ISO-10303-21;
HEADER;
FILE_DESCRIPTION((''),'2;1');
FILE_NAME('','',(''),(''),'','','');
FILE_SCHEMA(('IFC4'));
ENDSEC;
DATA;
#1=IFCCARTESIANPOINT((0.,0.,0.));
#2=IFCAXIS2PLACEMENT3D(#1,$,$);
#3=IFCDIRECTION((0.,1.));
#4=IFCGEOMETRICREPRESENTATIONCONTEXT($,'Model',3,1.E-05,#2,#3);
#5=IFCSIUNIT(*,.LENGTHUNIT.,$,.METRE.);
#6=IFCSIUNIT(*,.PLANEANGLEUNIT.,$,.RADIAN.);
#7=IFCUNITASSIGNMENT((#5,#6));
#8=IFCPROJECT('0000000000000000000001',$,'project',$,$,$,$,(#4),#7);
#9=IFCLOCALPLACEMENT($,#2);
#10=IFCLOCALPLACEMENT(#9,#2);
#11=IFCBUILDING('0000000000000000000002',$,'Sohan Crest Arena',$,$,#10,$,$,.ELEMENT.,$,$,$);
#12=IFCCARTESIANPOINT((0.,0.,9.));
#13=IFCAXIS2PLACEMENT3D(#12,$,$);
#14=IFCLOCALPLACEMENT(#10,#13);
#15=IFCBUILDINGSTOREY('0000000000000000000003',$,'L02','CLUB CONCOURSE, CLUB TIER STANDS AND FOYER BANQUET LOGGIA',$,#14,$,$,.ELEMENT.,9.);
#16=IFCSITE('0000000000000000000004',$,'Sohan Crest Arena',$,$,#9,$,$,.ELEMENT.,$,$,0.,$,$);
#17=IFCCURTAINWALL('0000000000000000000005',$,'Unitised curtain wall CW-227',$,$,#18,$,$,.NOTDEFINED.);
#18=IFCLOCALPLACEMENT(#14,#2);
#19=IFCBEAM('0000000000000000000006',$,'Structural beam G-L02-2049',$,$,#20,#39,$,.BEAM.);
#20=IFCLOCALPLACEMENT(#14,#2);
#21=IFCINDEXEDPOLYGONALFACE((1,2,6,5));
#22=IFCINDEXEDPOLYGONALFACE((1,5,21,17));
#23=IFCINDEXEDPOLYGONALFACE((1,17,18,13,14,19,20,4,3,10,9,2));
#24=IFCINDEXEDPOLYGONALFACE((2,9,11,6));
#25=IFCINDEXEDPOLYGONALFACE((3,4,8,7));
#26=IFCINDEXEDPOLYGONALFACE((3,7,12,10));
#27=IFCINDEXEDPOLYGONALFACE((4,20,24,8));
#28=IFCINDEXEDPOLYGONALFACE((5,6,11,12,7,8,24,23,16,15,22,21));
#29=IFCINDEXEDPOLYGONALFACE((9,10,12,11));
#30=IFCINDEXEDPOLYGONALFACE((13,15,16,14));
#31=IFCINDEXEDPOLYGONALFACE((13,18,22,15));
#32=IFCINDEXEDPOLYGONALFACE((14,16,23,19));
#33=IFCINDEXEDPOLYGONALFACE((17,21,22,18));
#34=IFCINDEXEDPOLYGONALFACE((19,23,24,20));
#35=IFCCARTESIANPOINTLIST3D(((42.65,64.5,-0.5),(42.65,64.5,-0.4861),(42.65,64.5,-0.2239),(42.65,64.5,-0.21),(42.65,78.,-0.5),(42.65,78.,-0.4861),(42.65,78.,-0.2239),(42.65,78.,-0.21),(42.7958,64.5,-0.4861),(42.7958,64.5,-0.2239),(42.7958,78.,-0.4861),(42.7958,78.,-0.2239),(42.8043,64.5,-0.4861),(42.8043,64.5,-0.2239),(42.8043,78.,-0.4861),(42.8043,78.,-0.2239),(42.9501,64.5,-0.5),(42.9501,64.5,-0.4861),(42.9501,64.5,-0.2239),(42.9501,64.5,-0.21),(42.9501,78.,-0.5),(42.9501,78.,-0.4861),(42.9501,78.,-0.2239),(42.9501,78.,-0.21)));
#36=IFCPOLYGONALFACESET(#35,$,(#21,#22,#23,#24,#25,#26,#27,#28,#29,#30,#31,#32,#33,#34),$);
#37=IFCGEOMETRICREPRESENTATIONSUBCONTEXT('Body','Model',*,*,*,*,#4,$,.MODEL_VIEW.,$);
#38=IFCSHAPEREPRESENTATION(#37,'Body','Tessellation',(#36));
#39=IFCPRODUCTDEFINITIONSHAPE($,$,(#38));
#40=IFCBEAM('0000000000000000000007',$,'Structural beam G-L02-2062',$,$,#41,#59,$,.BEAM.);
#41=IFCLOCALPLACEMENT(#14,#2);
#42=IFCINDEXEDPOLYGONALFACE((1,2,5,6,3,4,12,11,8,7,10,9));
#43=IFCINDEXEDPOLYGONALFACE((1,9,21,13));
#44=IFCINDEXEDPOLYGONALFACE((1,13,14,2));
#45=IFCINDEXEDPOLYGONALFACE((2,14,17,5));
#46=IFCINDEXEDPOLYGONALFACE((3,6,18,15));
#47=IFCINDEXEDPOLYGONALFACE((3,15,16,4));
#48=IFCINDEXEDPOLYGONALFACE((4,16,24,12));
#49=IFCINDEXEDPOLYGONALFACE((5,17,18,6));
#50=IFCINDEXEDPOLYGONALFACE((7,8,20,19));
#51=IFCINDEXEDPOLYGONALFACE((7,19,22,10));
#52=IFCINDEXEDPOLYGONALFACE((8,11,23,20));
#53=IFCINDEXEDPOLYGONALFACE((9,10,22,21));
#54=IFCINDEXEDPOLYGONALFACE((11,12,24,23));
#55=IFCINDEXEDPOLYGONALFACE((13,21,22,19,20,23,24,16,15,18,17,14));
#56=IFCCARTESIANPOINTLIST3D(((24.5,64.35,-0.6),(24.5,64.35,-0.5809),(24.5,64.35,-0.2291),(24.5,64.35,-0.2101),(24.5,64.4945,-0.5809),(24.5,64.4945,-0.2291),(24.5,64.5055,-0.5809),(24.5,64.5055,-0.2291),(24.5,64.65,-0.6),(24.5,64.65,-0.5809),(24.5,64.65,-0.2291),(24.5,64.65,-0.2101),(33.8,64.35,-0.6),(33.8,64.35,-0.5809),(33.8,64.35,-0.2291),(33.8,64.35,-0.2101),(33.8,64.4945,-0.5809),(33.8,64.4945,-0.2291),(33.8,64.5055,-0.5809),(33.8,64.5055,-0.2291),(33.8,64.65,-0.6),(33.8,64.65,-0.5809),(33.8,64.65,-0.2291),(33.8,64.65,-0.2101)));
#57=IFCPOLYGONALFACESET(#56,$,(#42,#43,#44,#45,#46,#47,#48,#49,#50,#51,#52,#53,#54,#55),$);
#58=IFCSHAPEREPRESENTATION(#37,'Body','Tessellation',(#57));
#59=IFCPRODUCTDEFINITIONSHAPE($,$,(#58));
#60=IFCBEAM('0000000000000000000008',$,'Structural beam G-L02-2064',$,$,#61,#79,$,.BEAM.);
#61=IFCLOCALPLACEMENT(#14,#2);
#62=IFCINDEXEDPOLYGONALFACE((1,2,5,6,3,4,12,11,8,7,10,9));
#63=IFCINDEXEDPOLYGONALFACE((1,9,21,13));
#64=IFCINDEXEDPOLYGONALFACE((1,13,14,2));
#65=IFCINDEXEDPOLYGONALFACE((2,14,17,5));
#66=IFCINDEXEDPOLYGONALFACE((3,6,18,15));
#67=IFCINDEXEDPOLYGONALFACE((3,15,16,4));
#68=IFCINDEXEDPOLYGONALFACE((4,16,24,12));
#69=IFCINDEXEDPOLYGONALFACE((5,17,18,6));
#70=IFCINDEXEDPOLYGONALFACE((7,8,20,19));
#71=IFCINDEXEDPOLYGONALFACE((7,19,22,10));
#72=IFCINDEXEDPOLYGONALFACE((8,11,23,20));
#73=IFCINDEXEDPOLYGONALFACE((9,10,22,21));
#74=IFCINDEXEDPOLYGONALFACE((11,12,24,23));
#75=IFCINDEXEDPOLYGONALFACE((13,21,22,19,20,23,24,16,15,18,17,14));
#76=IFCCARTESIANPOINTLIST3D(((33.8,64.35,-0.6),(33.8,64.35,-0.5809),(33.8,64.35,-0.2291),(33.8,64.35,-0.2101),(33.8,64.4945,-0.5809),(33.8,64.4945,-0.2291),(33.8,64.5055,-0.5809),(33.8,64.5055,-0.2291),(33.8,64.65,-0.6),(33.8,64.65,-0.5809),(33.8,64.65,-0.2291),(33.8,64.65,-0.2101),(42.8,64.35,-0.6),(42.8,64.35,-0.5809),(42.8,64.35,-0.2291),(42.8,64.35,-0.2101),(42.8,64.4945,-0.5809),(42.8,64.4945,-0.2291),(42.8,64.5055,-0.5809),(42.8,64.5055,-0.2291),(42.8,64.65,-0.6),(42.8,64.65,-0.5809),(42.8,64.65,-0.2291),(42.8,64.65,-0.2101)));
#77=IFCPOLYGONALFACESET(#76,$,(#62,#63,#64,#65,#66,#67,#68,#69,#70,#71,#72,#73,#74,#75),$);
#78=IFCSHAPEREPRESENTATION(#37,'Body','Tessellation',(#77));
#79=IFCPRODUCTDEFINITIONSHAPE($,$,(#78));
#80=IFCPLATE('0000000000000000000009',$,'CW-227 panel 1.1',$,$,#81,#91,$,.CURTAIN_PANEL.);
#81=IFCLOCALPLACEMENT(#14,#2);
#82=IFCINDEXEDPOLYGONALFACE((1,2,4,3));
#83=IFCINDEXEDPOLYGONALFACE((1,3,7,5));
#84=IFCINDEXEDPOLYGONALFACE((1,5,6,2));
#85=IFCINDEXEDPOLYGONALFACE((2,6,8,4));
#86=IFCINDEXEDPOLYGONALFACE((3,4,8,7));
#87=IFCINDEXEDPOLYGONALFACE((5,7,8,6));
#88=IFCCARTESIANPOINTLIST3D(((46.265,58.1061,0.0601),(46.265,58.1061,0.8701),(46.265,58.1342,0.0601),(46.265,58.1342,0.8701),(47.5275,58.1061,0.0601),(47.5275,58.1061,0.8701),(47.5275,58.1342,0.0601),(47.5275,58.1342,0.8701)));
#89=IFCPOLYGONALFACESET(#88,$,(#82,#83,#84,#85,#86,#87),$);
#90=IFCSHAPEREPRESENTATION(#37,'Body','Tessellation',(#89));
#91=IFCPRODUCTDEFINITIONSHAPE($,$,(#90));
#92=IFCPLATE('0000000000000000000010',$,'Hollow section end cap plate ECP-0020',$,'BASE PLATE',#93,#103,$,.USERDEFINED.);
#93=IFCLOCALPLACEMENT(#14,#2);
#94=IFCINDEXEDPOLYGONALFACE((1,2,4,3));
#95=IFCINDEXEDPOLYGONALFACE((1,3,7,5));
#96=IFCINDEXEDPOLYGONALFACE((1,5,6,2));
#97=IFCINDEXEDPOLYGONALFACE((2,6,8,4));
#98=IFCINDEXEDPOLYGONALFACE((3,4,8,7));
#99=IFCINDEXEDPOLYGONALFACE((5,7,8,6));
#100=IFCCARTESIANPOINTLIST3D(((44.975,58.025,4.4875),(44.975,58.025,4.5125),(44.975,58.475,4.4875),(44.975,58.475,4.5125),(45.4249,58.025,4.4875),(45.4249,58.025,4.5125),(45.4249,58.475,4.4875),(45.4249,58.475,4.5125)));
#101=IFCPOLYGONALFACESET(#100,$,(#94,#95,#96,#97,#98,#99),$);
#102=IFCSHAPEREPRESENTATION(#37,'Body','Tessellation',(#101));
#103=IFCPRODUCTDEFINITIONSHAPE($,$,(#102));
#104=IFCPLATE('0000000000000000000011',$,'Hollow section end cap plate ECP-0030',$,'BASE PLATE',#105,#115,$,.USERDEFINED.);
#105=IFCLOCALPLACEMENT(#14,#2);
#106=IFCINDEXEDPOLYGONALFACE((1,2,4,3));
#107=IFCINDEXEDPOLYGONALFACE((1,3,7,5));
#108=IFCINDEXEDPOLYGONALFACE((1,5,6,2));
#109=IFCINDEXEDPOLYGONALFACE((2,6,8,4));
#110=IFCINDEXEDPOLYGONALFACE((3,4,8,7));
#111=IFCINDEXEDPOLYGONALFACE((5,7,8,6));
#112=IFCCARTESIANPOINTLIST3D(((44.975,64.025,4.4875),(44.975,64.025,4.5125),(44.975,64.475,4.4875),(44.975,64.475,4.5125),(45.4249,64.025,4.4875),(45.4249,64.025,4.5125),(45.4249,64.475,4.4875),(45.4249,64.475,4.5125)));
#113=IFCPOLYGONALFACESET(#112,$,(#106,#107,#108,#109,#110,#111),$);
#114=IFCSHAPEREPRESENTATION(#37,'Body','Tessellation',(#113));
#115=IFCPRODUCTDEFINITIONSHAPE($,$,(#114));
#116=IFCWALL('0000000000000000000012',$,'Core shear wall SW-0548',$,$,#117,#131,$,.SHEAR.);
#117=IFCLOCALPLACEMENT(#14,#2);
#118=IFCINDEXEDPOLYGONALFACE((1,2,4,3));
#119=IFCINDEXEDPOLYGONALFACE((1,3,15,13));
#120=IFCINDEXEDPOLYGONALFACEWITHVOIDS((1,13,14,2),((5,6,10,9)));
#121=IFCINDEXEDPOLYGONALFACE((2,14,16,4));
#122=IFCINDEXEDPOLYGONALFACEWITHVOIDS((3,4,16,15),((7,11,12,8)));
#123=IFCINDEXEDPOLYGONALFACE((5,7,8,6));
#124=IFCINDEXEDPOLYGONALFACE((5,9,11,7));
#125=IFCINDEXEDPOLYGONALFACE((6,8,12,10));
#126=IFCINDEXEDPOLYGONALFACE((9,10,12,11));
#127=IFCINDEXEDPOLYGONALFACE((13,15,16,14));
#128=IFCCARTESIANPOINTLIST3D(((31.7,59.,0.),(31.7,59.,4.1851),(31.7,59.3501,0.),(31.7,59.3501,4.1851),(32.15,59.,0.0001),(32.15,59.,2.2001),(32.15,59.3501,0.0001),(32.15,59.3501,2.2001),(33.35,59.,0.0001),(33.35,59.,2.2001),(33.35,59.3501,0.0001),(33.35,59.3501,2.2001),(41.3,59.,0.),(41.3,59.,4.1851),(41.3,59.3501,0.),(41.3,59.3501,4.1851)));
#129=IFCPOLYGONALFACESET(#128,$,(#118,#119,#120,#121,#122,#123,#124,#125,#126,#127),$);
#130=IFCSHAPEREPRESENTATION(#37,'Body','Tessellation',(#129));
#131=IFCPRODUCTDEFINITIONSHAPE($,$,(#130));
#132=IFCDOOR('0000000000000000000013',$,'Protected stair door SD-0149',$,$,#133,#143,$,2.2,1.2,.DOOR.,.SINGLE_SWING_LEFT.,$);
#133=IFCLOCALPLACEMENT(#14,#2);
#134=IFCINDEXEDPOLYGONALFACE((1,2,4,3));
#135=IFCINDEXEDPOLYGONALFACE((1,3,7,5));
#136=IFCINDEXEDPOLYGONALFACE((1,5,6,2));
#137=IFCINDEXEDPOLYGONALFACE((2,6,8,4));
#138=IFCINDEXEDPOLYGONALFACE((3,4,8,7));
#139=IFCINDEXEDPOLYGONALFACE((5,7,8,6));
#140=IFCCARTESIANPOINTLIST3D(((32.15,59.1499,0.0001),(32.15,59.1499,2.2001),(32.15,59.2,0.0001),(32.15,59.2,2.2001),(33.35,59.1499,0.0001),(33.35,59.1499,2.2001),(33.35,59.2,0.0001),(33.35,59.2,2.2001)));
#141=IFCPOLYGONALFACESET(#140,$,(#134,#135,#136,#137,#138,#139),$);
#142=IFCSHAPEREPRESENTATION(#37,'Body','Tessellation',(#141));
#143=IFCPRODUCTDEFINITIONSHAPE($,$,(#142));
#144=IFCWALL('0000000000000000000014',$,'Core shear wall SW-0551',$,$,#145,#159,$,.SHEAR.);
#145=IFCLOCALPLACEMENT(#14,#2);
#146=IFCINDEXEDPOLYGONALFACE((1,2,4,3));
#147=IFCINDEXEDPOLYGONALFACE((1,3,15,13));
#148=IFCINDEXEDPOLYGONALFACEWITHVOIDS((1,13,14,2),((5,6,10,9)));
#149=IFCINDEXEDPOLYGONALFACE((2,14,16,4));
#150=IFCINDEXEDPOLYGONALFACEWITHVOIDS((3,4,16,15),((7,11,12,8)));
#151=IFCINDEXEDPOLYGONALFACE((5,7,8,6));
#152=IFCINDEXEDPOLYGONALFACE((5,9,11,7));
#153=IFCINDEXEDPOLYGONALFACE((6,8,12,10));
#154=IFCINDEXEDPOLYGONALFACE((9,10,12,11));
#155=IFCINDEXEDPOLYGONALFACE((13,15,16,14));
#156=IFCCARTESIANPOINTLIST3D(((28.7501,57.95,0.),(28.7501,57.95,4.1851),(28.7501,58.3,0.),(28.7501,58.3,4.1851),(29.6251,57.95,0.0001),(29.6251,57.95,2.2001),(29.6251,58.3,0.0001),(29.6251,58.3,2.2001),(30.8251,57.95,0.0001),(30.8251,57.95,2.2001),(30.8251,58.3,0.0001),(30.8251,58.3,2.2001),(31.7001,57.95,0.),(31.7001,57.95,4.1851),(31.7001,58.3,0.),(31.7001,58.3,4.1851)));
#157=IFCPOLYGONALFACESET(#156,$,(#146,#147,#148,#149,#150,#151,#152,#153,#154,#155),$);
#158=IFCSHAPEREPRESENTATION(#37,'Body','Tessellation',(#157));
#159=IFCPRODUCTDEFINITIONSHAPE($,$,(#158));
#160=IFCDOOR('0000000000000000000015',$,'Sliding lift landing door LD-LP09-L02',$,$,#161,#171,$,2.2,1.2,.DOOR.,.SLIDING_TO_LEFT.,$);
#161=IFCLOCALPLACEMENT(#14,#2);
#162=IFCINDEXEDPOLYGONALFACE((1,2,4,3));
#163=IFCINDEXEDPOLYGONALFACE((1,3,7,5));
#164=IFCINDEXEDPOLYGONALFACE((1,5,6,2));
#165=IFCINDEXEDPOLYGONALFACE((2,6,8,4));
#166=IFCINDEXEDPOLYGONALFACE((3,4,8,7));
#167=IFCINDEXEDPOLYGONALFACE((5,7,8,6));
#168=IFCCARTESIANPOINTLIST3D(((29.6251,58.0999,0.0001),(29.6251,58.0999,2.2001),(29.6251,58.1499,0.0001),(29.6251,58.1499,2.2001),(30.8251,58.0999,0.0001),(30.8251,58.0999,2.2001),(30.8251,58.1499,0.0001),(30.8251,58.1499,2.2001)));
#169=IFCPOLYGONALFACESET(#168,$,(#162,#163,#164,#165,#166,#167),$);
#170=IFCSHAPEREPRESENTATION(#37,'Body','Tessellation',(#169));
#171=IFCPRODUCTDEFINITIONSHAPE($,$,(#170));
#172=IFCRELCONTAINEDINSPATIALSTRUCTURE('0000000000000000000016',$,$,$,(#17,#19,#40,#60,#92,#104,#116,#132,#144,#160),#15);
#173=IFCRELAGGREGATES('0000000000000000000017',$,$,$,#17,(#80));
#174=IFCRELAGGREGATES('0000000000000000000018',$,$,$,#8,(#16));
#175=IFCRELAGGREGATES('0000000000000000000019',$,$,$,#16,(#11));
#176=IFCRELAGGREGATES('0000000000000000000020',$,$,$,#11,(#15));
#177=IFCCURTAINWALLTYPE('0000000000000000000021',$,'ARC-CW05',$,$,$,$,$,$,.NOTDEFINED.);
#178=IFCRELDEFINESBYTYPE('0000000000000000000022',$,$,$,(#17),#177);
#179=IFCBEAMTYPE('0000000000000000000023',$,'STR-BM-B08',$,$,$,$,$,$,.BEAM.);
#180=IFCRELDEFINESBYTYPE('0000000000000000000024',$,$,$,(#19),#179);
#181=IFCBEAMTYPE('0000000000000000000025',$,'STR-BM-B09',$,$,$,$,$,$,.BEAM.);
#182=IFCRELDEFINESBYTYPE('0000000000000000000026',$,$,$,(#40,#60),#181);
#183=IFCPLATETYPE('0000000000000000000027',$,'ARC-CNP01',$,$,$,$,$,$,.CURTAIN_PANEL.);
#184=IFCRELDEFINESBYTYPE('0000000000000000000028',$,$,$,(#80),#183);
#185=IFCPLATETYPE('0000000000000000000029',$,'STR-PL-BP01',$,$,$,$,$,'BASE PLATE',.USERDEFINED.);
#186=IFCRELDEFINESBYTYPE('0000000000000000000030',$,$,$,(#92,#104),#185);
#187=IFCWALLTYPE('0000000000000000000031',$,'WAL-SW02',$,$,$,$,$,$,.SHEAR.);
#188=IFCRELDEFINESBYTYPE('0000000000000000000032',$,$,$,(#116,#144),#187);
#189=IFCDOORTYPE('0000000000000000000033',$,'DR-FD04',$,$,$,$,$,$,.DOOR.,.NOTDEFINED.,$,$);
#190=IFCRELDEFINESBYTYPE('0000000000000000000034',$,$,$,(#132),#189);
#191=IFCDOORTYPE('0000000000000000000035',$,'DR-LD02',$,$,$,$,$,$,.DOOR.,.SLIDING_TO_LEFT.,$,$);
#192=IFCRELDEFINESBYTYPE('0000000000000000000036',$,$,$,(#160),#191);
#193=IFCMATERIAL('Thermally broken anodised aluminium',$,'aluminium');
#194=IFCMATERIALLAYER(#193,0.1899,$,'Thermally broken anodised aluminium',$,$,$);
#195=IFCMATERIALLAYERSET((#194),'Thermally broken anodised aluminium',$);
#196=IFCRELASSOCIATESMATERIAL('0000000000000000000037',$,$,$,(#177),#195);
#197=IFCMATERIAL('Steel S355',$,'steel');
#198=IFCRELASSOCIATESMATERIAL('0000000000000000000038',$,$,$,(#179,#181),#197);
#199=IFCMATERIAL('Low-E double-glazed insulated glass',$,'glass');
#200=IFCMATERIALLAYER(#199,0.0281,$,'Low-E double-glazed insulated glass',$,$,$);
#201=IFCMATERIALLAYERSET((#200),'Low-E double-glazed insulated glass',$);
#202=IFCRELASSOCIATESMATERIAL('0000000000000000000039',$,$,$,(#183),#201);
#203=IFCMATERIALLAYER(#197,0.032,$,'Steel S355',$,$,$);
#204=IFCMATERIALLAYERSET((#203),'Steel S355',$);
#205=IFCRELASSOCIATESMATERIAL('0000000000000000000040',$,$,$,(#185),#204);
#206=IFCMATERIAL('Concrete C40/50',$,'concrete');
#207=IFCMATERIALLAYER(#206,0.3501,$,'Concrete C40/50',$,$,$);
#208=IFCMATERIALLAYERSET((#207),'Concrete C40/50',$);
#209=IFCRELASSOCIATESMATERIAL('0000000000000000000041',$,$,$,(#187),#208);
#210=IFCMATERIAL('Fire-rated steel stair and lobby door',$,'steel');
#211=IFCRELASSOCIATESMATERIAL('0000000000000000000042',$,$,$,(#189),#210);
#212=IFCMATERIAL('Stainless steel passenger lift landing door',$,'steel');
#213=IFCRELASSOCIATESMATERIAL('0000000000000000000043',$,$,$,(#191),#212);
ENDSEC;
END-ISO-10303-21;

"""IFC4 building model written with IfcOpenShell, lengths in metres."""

from ifc_helpers import new_model, si_unit, direction, frame, frame_2d, origin, origin_2d, place, context, subcontext, project, spatial, rectangle, i_section, extrude, material, layer, layer_set, material_profile, profile_set, type_object, element, fill, aggregate, save


model = new_model("IFC4")

# Units and contexts
model_context = context("Model", 3, precision=1e-05, world=origin(), true_north=direction((0.0, 1.0)))
body_context = subcontext(model_context, "Body", "Model", "MODEL_VIEW")
ifc_project = project(units=[si_unit("LENGTHUNIT", "METRE"), si_unit("PLANEANGLEUNIT", "RADIAN")], contexts=[model_context])

# Site, building, storey
site_placement = place(None, origin())
site = spatial("IfcSite", under=ifc_project, at=site_placement, Name="Sohan Crest Arena", CompositionType="ELEMENT", RefElevation=0.0)
building_placement = place(site_placement, origin())
building = spatial("IfcBuilding", under=site, at=building_placement, Name="Sohan Crest Arena", CompositionType="ELEMENT")
storey_placement = place(building_placement, frame((0.0, 0.0, 9.0)))
storey = spatial("IfcBuildingStorey", under=building, at=storey_placement, Name="L02", Description="CLUB CONCOURSE, CLUB TIER STANDS AND FOYER BANQUET LOGGIA", CompositionType="ELEMENT", Elevation=9.0)

# Shared definitions
ifc_material_1 = material(Name="Concrete C40/50", Category="concrete")
ifc_material_2 = material(Name="Steel S355", Category="steel")

# Shared definitions
ifc_material_3 = material(Name="Thermally broken anodised aluminium", Category="aluminium")
ifc_layer_1 = layer(ifc_material_3, 0.1899, Name="Thermally broken anodised aluminium")
ifc_layer_set_1 = layer_set([ifc_layer_1], Name="Thermally broken anodised aluminium")
curtain_wall_type = type_object("IfcCurtainWallType", Name="ARC-CW05", PredefinedType="NOTDEFINED", material=ifc_layer_set_1)

# Curtain wall
curtain_wall_1_placement = place(storey_placement, origin())
curtain_wall_1 = element("IfcCurtainWall", 1, at=curtain_wall_1_placement, inside=storey, type_object=curtain_wall_type, Name="Unitised curtain wall CW-227", PredefinedType="NOTDEFINED")

# Beams
ifc_material_profile_1 = material_profile(ifc_material_2, i_section(OverallWidth=0.3, OverallDepth=0.29, WebThickness=0.0085, FlangeThickness=0.0139, at=origin_2d()), Name="HEA 300")
ifc_profile_set_1 = profile_set([ifc_material_profile_1], Name="Steel S355")
beam_type_1 = type_object("IfcBeamType", Name="STR-BM-B08", PredefinedType="BEAM", material=ifc_profile_set_1)
for number, where, z_axis, x_axis, name in (
    (2, (42.8, 64.5, -0.355), (0.0, 1.0, 0.0), (-1.0, 0.0, 0.0), "Structural beam G-L02-2049"),
):
    element("IfcBeam", number, at=place(storey_placement, frame(where, z_axis=z_axis, x_axis=x_axis)), inside=storey, type_object=beam_type_1, Name=name, PredefinedType="BEAM", context=body_context, shape_type="SweptSolid", body=[
        extrude(i_section(OverallWidth=0.3, OverallDepth=0.29, WebThickness=0.0085, FlangeThickness=0.0139, at=origin_2d()), origin(), (0.0, 0.0, 1.0), 13.5),
    ])
ifc_material_profile_2 = material_profile(ifc_material_2, i_section(OverallWidth=0.3, OverallDepth=0.3899, WebThickness=0.011, FlangeThickness=0.019, at=origin_2d()), Name="HEA 400")
ifc_profile_set_2 = profile_set([ifc_material_profile_2], Name="Steel S355")
beam_type_2 = type_object("IfcBeamType", Name="STR-BM-B09", PredefinedType="BEAM", material=ifc_profile_set_2)
beam_1_placement = place(storey_placement, frame((24.5, 64.5, -0.405), z_axis=(1.0, 0.0, 0.0), x_axis=(0.0, 1.0, 0.0)))
element("IfcBeam", 3, at=beam_1_placement, inside=storey, type_object=beam_type_2, Name="Structural beam G-L02-2062", PredefinedType="BEAM", context=body_context, shape_type="SweptSolid", body=[
    extrude(i_section(OverallWidth=0.3, OverallDepth=0.3899, WebThickness=0.011, FlangeThickness=0.019, at=origin_2d()), origin(), (0.0, 0.0, 1.0), 9.3),
])
beam_2_placement = place(storey_placement, frame((33.8, 64.5, -0.405), z_axis=(1.0, 0.0, 0.0), x_axis=(0.0, 1.0, 0.0)))
element("IfcBeam", 4, at=beam_2_placement, inside=storey, type_object=beam_type_2, Name="Structural beam G-L02-2064", PredefinedType="BEAM", context=body_context, shape_type="SweptSolid", body=[
    extrude(i_section(OverallWidth=0.3, OverallDepth=0.3899, WebThickness=0.011, FlangeThickness=0.019, at=origin_2d()), origin(), (0.0, 0.0, 1.0), 9.0),
])

# Plate
ifc_material_4 = material(Name="Low-E double-glazed insulated glass", Category="glass")
ifc_layer_2 = layer(ifc_material_4, 0.0281, Name="Low-E double-glazed insulated glass")
ifc_layer_set_2 = layer_set([ifc_layer_2], Name="Low-E double-glazed insulated glass")
plate_type_1 = type_object("IfcPlateType", Name="ARC-CNP01", PredefinedType="CURTAIN_PANEL", material=ifc_layer_set_2)
plate_placement = place(storey_placement, frame((46.8962, 58.1201, 0.0601), z_axis=(0.0, 0.0, 1.0), x_axis=(1.0, 0.0, 0.0)))
plate = element("IfcPlate", 5, at=plate_placement, type_object=plate_type_1, Name="CW-227 panel 1.1", PredefinedType="CURTAIN_PANEL", context=body_context, shape_type="SweptSolid", body=[
    extrude(rectangle(XDim=1.2625, YDim=0.0281, at=origin_2d()), origin(), (0.0, 0.0, 1.0), 0.8101),
])
aggregate(curtain_wall_1, [plate])

# Plates
ifc_layer_3 = layer(ifc_material_2, 0.032, Name="Steel S355")
ifc_layer_set_3 = layer_set([ifc_layer_3], Name="Steel S355")
plate_type_2 = type_object("IfcPlateType", Name="STR-PL-BP01", ElementType="BASE PLATE", PredefinedType="USERDEFINED", material=ifc_layer_set_3)
for number, where, z_axis, x_axis, name in (
    (6, (45.2, 58.25, 4.4875), (0.0, 0.0, 1.0), (1.0, 0.0, 0.0), "Hollow section end cap plate ECP-0020"),
    (7, (45.2, 64.25, 4.4875), (0.0, 0.0, 1.0), (1.0, 0.0, 0.0), "Hollow section end cap plate ECP-0030"),
):
    element("IfcPlate", number, at=place(storey_placement, frame(where, z_axis=z_axis, x_axis=x_axis)), inside=storey, type_object=plate_type_2, Name=name, ObjectType="BASE PLATE", PredefinedType="USERDEFINED", context=body_context, shape_type="SweptSolid", body=[
        extrude(rectangle(XDim=0.45, YDim=0.45, at=origin_2d()), origin(), (0.0, 0.0, 1.0), 0.0249),
    ])

# Walls, openings, doors
ifc_layer_4 = layer(ifc_material_1, 0.3501, Name="Concrete C40/50")
ifc_layer_set_4 = layer_set([ifc_layer_4], Name="Concrete C40/50")
wall_type = type_object("IfcWallType", Name="WAL-SW02", PredefinedType="SHEAR", material=ifc_layer_set_4)
wall_1_placement = place(storey_placement, frame((31.7, 59.175, 0.0), z_axis=(0.0, 0.0, 1.0), x_axis=(1.0, 0.0, 0.0)))
wall_1 = element("IfcWall", 8, at=wall_1_placement, inside=storey, type_object=wall_type, Name="Core shear wall SW-0548", PredefinedType="SHEAR", context=body_context, shape_type="SweptSolid", body=[
    extrude(rectangle(XDim=9.6001, YDim=0.3501, at=frame_2d((4.8, 0.0))), origin(), (0.0, 0.0, 1.0), 4.1851),
])
opening_1_placement = place(wall_1_placement, frame((0.45, 0.0, 0.0)))
opening_1 = element("IfcOpeningElement", 9, at=opening_1_placement, cuts=wall_1, PredefinedType="OPENING", context=body_context, shape_type="SweptSolid", body=[
    extrude(rectangle(XDim=1.2, YDim=2.2, at=frame_2d((0.6001, 1.1001))), frame((0.0, 0.1851, 0.0), z_axis=(0.0, -1.0, 0.0), x_axis=(1.0, 0.0, 0.0)), (0.0, 0.0, 1.0), 0.3701),
])
ifc_material_5 = material(Name="Fire-rated steel stair and lobby door", Category="steel")
door_type_1 = type_object("IfcDoorType", Name="DR-FD04", OperationType="NOTDEFINED", PredefinedType="DOOR", material=ifc_material_5)
door_1_placement = place(opening_1_placement, origin())
door_1 = element("IfcDoor", 10, at=door_1_placement, inside=storey, type_object=door_type_1, Name="Protected stair door SD-0149", OperationType="SINGLE_SWING_LEFT", OverallHeight=2.2, OverallWidth=1.2, PredefinedType="DOOR", context=body_context, shape_type="SweptSolid", body=[
    extrude(rectangle(XDim=1.2, YDim=2.2, at=frame_2d((0.6001, 1.1001))), frame((0.0, 0.0249, 0.0), z_axis=(0.0, -1.0, 0.0), x_axis=(1.0, 0.0, 0.0)), (0.0, 0.0, 1.0), 0.05),
])
fill(opening_1, door_1)
wall_2_placement = place(storey_placement, frame((28.75, 58.125, 0.0), z_axis=(0.0, 0.0, 1.0), x_axis=(1.0, 0.0, 0.0)))
wall_2 = element("IfcWall", 11, at=wall_2_placement, inside=storey, type_object=wall_type, Name="Core shear wall SW-0551", PredefinedType="SHEAR", context=body_context, shape_type="SweptSolid", body=[
    extrude(rectangle(XDim=2.95, YDim=0.3501, at=frame_2d((1.4751, 0.0))), origin(), (0.0, 0.0, 1.0), 4.1851),
])
opening_2_placement = place(wall_2_placement, frame((0.875, 0.0, 0.0)))
opening_2 = element("IfcOpeningElement", 12, at=opening_2_placement, cuts=wall_2, PredefinedType="OPENING", context=body_context, shape_type="SweptSolid", body=[
    extrude(rectangle(XDim=1.2, YDim=2.2, at=frame_2d((0.6001, 1.1001))), frame((0.0, 0.1851, 0.0), z_axis=(0.0, -1.0, 0.0), x_axis=(1.0, 0.0, 0.0)), (0.0, 0.0, 1.0), 0.3701),
])
ifc_material_6 = material(Name="Stainless steel passenger lift landing door", Category="steel")
door_type_2 = type_object("IfcDoorType", Name="DR-LD02", OperationType="SLIDING_TO_LEFT", PredefinedType="DOOR", material=ifc_material_6)
door_2_placement = place(opening_2_placement, origin())
door_2 = element("IfcDoor", 13, at=door_2_placement, inside=storey, type_object=door_type_2, Name="Sliding lift landing door LD-LP09-L02", OperationType="SLIDING_TO_LEFT", OverallHeight=2.2, OverallWidth=1.2, PredefinedType="DOOR", context=body_context, shape_type="SweptSolid", body=[
    extrude(rectangle(XDim=1.2, YDim=2.2, at=frame_2d((0.6001, 1.1001))), frame((0.0, 0.0249, 0.0), z_axis=(0.0, -1.0, 0.0), x_axis=(1.0, 0.0, 0.0)), (0.0, 0.0, 1.0), 0.05),
])
fill(opening_2, door_2)

save(model, "model.ifc")
